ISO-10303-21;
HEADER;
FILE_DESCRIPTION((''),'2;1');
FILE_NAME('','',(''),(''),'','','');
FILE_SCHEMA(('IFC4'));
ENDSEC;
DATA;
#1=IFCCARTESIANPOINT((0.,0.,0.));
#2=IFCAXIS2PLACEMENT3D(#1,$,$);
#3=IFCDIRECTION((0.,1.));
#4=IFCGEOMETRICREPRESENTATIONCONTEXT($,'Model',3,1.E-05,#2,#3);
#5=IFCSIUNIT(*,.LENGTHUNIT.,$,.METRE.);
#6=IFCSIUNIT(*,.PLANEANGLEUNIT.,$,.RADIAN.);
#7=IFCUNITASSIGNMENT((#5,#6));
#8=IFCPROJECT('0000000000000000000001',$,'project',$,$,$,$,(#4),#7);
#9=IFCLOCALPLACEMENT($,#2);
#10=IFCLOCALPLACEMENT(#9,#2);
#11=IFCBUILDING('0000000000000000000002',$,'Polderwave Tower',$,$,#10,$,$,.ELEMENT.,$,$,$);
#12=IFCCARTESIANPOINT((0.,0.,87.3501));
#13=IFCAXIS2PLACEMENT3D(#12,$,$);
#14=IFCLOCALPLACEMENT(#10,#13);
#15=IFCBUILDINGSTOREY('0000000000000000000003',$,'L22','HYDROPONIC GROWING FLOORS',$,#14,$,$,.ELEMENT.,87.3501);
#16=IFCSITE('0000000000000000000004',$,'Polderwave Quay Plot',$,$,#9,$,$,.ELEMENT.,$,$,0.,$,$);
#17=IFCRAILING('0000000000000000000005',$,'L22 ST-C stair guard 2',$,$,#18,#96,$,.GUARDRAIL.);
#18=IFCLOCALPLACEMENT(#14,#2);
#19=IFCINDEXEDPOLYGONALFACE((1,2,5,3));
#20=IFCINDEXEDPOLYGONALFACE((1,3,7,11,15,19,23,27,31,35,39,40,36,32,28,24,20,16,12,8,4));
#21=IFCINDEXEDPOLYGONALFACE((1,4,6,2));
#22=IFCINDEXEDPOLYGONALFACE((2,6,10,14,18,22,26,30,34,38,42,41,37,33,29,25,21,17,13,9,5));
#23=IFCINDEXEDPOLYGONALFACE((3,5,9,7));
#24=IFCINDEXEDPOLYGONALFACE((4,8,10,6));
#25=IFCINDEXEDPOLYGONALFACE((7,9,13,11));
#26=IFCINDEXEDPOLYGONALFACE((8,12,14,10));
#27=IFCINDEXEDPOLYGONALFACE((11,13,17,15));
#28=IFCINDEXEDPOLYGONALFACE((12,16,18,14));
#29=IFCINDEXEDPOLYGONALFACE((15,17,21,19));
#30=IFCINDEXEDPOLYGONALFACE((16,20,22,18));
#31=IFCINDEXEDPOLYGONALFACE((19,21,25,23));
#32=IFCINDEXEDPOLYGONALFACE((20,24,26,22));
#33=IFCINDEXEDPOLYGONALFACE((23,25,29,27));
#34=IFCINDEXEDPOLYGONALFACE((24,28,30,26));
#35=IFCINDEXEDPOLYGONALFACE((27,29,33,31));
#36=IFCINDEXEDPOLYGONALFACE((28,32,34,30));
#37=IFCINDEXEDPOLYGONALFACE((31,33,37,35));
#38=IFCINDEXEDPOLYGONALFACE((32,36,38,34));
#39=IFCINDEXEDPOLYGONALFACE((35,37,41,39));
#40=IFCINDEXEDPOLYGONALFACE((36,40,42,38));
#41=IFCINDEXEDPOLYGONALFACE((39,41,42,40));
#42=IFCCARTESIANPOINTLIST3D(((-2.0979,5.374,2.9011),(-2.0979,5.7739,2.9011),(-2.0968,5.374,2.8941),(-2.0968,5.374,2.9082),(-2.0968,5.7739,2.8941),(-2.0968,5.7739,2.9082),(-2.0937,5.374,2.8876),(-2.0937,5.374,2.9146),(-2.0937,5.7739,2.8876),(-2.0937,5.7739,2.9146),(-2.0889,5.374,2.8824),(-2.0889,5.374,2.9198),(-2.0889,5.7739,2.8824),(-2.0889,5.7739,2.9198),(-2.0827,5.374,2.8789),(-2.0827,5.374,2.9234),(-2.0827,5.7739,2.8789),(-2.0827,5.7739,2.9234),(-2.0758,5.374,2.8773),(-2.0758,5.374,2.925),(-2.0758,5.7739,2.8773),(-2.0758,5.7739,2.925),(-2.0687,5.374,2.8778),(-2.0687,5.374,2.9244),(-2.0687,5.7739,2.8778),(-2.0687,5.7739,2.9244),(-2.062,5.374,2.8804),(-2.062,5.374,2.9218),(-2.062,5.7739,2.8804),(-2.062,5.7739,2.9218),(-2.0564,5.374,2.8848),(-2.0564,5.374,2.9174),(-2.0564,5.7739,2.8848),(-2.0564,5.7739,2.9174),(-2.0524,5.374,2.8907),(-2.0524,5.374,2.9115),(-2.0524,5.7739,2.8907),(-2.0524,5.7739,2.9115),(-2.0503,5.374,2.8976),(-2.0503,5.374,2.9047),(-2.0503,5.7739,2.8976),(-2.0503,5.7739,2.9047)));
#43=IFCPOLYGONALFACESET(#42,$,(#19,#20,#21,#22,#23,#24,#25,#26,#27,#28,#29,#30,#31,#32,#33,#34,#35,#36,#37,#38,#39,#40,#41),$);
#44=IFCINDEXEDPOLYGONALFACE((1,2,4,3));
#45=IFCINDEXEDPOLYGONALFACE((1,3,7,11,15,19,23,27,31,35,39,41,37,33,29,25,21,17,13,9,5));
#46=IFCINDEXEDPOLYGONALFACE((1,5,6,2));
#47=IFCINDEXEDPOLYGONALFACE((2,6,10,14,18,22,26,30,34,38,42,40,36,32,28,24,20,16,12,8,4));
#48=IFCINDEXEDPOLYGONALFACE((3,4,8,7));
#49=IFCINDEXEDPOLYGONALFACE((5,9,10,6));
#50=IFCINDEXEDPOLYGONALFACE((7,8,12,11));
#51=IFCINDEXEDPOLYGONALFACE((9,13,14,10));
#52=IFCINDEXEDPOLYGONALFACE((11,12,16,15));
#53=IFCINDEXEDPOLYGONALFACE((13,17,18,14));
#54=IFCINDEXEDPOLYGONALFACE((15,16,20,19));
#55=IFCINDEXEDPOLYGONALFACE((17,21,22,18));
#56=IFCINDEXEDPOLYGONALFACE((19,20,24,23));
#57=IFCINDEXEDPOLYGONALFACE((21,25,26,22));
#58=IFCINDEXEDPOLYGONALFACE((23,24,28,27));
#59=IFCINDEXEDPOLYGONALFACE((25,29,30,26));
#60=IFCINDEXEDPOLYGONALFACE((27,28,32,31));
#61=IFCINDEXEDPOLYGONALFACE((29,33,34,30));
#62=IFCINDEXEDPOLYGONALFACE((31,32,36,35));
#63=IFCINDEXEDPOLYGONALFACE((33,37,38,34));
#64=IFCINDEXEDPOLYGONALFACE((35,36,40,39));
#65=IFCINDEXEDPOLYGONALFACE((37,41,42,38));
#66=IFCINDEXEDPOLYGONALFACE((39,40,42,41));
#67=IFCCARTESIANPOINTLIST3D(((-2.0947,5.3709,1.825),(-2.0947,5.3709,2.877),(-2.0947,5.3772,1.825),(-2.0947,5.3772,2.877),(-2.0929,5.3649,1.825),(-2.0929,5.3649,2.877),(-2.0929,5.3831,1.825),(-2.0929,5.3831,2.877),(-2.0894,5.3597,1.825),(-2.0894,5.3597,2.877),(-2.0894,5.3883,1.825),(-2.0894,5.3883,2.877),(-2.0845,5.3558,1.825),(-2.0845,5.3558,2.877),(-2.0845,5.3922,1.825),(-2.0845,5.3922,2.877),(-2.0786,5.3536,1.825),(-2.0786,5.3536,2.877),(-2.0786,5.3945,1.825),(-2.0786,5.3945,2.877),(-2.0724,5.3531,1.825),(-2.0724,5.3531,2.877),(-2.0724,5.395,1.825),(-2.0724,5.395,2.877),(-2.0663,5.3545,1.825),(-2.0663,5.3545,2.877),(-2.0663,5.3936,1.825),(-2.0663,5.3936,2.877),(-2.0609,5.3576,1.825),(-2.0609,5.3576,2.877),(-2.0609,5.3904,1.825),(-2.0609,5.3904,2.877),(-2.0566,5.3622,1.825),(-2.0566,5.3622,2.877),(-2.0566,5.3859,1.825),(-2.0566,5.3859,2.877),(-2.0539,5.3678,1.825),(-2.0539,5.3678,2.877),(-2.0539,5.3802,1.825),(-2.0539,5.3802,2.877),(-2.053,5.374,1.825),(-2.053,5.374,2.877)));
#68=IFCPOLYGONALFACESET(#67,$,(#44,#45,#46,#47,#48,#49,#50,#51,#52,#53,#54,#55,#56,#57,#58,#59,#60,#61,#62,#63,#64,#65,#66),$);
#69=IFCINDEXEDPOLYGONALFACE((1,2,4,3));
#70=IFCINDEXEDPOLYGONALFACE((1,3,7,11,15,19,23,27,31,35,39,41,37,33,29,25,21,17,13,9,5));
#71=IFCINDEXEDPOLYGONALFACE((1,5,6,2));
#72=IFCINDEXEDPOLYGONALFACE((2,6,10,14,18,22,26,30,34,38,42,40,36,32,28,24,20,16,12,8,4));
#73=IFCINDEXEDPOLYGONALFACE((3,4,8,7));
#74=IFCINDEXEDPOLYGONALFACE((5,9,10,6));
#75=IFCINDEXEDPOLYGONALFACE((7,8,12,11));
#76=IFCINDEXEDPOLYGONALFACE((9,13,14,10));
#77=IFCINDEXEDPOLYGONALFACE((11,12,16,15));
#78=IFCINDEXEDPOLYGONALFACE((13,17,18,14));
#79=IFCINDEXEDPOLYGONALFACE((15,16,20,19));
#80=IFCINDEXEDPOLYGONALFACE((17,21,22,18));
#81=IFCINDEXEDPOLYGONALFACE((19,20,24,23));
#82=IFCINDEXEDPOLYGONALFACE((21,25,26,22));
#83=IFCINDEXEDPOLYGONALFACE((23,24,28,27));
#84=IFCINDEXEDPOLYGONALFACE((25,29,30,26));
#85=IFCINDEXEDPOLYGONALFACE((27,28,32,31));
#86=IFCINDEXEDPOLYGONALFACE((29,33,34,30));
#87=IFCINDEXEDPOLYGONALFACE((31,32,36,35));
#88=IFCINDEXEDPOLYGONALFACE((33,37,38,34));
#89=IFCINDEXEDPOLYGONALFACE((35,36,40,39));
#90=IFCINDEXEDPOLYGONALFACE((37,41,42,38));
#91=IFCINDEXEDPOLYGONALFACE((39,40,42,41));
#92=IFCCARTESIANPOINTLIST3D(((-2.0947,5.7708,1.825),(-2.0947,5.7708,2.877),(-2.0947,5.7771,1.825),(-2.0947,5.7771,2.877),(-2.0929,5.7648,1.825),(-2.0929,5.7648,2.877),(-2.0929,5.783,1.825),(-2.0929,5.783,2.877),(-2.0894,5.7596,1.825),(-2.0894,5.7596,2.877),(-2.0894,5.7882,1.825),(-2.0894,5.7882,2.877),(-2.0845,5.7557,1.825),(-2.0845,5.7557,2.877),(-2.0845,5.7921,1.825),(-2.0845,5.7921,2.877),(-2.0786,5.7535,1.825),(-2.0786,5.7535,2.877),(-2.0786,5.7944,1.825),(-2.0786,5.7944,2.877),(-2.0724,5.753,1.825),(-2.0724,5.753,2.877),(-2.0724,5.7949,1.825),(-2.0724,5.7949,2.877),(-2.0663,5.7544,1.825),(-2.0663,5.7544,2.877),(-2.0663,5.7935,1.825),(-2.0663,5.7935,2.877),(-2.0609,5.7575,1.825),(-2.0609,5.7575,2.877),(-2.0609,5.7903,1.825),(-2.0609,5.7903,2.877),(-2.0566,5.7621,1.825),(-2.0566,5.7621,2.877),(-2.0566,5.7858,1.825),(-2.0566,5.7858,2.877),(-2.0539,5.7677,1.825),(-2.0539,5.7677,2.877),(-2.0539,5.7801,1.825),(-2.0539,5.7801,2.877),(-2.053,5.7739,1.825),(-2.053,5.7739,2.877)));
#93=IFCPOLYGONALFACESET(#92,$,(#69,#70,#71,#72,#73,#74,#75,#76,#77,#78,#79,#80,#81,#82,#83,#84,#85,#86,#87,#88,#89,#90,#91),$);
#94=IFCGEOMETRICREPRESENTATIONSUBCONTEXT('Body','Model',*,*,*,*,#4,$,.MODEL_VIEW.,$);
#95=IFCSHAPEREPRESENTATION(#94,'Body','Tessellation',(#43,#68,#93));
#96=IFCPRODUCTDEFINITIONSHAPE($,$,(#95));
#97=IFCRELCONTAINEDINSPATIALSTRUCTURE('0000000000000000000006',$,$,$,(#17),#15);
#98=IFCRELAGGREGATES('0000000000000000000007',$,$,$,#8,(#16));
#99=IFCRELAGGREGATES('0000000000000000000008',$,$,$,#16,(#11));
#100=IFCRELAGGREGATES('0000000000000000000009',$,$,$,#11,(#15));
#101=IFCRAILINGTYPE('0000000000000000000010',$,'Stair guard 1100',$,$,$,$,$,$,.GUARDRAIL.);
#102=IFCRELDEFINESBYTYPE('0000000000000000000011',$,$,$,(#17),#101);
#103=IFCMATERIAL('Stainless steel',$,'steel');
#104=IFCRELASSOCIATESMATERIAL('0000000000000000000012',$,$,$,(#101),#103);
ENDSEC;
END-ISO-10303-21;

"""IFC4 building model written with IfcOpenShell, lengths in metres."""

from ifc_helpers import new_model, si_unit, direction, frame, origin, origin_2d, place, context, subcontext, project, spatial, circle, extrude, material, type_object, element, save


model = new_model("IFC4")

# Units and contexts
model_context = context("Model", 3, precision=1e-05, world=origin(), true_north=direction((0.0, 1.0)))
body_context = subcontext(model_context, "Body", "Model", "MODEL_VIEW")
ifc_project = project(units=[si_unit("LENGTHUNIT", "METRE"), si_unit("PLANEANGLEUNIT", "RADIAN")], contexts=[model_context])

# Site, building, storey
site_placement = place(None, origin())
site = spatial("IfcSite", under=ifc_project, at=site_placement, Name="Polderwave Quay Plot", CompositionType="ELEMENT", RefElevation=0.0)
building_placement = place(site_placement, origin())
building = spatial("IfcBuilding", under=site, at=building_placement, Name="Polderwave Tower", CompositionType="ELEMENT")
storey_placement = place(building_placement, frame((0.0, 0.0, 87.3501)))
storey = spatial("IfcBuildingStorey", under=building, at=storey_placement, Name="L22", Description="HYDROPONIC GROWING FLOORS", CompositionType="ELEMENT", Elevation=87.3501)

# Railing
ifc_material_1 = material(Name="Stainless steel", Category="steel")
railing_type_1 = type_object("IfcRailingType", Name="Stair guard 1100", PredefinedType="GUARDRAIL", material=ifc_material_1)
railing_1_placement = place(storey_placement, frame((-2.074, 5.374, 1.825)))
element("IfcRailing", 1, at=railing_1_placement, inside=storey, type_object=railing_type_1, Name="L22 ST-C stair guard 2", PredefinedType="GUARDRAIL", context=body_context, shape_type="SweptSolid", body=[
    extrude(circle(Radius=0.0239, at=origin_2d()), frame((0.0, 0.0, 1.0762), z_axis=(0.0, 1.0, 0.0), x_axis=(-1.0, 0.0, 0.0)), (0.0, 0.0, 1.0), 0.3999),
    extrude(circle(Radius=0.021, at=origin_2d()), origin(), (0.0, 0.0, 1.0), 1.052),
    extrude(circle(Radius=0.021, at=origin_2d()), frame((0.0, 0.3999, 0.0)), (0.0, 0.0, 1.0), 1.052),
])

save(model, "model.ifc")
